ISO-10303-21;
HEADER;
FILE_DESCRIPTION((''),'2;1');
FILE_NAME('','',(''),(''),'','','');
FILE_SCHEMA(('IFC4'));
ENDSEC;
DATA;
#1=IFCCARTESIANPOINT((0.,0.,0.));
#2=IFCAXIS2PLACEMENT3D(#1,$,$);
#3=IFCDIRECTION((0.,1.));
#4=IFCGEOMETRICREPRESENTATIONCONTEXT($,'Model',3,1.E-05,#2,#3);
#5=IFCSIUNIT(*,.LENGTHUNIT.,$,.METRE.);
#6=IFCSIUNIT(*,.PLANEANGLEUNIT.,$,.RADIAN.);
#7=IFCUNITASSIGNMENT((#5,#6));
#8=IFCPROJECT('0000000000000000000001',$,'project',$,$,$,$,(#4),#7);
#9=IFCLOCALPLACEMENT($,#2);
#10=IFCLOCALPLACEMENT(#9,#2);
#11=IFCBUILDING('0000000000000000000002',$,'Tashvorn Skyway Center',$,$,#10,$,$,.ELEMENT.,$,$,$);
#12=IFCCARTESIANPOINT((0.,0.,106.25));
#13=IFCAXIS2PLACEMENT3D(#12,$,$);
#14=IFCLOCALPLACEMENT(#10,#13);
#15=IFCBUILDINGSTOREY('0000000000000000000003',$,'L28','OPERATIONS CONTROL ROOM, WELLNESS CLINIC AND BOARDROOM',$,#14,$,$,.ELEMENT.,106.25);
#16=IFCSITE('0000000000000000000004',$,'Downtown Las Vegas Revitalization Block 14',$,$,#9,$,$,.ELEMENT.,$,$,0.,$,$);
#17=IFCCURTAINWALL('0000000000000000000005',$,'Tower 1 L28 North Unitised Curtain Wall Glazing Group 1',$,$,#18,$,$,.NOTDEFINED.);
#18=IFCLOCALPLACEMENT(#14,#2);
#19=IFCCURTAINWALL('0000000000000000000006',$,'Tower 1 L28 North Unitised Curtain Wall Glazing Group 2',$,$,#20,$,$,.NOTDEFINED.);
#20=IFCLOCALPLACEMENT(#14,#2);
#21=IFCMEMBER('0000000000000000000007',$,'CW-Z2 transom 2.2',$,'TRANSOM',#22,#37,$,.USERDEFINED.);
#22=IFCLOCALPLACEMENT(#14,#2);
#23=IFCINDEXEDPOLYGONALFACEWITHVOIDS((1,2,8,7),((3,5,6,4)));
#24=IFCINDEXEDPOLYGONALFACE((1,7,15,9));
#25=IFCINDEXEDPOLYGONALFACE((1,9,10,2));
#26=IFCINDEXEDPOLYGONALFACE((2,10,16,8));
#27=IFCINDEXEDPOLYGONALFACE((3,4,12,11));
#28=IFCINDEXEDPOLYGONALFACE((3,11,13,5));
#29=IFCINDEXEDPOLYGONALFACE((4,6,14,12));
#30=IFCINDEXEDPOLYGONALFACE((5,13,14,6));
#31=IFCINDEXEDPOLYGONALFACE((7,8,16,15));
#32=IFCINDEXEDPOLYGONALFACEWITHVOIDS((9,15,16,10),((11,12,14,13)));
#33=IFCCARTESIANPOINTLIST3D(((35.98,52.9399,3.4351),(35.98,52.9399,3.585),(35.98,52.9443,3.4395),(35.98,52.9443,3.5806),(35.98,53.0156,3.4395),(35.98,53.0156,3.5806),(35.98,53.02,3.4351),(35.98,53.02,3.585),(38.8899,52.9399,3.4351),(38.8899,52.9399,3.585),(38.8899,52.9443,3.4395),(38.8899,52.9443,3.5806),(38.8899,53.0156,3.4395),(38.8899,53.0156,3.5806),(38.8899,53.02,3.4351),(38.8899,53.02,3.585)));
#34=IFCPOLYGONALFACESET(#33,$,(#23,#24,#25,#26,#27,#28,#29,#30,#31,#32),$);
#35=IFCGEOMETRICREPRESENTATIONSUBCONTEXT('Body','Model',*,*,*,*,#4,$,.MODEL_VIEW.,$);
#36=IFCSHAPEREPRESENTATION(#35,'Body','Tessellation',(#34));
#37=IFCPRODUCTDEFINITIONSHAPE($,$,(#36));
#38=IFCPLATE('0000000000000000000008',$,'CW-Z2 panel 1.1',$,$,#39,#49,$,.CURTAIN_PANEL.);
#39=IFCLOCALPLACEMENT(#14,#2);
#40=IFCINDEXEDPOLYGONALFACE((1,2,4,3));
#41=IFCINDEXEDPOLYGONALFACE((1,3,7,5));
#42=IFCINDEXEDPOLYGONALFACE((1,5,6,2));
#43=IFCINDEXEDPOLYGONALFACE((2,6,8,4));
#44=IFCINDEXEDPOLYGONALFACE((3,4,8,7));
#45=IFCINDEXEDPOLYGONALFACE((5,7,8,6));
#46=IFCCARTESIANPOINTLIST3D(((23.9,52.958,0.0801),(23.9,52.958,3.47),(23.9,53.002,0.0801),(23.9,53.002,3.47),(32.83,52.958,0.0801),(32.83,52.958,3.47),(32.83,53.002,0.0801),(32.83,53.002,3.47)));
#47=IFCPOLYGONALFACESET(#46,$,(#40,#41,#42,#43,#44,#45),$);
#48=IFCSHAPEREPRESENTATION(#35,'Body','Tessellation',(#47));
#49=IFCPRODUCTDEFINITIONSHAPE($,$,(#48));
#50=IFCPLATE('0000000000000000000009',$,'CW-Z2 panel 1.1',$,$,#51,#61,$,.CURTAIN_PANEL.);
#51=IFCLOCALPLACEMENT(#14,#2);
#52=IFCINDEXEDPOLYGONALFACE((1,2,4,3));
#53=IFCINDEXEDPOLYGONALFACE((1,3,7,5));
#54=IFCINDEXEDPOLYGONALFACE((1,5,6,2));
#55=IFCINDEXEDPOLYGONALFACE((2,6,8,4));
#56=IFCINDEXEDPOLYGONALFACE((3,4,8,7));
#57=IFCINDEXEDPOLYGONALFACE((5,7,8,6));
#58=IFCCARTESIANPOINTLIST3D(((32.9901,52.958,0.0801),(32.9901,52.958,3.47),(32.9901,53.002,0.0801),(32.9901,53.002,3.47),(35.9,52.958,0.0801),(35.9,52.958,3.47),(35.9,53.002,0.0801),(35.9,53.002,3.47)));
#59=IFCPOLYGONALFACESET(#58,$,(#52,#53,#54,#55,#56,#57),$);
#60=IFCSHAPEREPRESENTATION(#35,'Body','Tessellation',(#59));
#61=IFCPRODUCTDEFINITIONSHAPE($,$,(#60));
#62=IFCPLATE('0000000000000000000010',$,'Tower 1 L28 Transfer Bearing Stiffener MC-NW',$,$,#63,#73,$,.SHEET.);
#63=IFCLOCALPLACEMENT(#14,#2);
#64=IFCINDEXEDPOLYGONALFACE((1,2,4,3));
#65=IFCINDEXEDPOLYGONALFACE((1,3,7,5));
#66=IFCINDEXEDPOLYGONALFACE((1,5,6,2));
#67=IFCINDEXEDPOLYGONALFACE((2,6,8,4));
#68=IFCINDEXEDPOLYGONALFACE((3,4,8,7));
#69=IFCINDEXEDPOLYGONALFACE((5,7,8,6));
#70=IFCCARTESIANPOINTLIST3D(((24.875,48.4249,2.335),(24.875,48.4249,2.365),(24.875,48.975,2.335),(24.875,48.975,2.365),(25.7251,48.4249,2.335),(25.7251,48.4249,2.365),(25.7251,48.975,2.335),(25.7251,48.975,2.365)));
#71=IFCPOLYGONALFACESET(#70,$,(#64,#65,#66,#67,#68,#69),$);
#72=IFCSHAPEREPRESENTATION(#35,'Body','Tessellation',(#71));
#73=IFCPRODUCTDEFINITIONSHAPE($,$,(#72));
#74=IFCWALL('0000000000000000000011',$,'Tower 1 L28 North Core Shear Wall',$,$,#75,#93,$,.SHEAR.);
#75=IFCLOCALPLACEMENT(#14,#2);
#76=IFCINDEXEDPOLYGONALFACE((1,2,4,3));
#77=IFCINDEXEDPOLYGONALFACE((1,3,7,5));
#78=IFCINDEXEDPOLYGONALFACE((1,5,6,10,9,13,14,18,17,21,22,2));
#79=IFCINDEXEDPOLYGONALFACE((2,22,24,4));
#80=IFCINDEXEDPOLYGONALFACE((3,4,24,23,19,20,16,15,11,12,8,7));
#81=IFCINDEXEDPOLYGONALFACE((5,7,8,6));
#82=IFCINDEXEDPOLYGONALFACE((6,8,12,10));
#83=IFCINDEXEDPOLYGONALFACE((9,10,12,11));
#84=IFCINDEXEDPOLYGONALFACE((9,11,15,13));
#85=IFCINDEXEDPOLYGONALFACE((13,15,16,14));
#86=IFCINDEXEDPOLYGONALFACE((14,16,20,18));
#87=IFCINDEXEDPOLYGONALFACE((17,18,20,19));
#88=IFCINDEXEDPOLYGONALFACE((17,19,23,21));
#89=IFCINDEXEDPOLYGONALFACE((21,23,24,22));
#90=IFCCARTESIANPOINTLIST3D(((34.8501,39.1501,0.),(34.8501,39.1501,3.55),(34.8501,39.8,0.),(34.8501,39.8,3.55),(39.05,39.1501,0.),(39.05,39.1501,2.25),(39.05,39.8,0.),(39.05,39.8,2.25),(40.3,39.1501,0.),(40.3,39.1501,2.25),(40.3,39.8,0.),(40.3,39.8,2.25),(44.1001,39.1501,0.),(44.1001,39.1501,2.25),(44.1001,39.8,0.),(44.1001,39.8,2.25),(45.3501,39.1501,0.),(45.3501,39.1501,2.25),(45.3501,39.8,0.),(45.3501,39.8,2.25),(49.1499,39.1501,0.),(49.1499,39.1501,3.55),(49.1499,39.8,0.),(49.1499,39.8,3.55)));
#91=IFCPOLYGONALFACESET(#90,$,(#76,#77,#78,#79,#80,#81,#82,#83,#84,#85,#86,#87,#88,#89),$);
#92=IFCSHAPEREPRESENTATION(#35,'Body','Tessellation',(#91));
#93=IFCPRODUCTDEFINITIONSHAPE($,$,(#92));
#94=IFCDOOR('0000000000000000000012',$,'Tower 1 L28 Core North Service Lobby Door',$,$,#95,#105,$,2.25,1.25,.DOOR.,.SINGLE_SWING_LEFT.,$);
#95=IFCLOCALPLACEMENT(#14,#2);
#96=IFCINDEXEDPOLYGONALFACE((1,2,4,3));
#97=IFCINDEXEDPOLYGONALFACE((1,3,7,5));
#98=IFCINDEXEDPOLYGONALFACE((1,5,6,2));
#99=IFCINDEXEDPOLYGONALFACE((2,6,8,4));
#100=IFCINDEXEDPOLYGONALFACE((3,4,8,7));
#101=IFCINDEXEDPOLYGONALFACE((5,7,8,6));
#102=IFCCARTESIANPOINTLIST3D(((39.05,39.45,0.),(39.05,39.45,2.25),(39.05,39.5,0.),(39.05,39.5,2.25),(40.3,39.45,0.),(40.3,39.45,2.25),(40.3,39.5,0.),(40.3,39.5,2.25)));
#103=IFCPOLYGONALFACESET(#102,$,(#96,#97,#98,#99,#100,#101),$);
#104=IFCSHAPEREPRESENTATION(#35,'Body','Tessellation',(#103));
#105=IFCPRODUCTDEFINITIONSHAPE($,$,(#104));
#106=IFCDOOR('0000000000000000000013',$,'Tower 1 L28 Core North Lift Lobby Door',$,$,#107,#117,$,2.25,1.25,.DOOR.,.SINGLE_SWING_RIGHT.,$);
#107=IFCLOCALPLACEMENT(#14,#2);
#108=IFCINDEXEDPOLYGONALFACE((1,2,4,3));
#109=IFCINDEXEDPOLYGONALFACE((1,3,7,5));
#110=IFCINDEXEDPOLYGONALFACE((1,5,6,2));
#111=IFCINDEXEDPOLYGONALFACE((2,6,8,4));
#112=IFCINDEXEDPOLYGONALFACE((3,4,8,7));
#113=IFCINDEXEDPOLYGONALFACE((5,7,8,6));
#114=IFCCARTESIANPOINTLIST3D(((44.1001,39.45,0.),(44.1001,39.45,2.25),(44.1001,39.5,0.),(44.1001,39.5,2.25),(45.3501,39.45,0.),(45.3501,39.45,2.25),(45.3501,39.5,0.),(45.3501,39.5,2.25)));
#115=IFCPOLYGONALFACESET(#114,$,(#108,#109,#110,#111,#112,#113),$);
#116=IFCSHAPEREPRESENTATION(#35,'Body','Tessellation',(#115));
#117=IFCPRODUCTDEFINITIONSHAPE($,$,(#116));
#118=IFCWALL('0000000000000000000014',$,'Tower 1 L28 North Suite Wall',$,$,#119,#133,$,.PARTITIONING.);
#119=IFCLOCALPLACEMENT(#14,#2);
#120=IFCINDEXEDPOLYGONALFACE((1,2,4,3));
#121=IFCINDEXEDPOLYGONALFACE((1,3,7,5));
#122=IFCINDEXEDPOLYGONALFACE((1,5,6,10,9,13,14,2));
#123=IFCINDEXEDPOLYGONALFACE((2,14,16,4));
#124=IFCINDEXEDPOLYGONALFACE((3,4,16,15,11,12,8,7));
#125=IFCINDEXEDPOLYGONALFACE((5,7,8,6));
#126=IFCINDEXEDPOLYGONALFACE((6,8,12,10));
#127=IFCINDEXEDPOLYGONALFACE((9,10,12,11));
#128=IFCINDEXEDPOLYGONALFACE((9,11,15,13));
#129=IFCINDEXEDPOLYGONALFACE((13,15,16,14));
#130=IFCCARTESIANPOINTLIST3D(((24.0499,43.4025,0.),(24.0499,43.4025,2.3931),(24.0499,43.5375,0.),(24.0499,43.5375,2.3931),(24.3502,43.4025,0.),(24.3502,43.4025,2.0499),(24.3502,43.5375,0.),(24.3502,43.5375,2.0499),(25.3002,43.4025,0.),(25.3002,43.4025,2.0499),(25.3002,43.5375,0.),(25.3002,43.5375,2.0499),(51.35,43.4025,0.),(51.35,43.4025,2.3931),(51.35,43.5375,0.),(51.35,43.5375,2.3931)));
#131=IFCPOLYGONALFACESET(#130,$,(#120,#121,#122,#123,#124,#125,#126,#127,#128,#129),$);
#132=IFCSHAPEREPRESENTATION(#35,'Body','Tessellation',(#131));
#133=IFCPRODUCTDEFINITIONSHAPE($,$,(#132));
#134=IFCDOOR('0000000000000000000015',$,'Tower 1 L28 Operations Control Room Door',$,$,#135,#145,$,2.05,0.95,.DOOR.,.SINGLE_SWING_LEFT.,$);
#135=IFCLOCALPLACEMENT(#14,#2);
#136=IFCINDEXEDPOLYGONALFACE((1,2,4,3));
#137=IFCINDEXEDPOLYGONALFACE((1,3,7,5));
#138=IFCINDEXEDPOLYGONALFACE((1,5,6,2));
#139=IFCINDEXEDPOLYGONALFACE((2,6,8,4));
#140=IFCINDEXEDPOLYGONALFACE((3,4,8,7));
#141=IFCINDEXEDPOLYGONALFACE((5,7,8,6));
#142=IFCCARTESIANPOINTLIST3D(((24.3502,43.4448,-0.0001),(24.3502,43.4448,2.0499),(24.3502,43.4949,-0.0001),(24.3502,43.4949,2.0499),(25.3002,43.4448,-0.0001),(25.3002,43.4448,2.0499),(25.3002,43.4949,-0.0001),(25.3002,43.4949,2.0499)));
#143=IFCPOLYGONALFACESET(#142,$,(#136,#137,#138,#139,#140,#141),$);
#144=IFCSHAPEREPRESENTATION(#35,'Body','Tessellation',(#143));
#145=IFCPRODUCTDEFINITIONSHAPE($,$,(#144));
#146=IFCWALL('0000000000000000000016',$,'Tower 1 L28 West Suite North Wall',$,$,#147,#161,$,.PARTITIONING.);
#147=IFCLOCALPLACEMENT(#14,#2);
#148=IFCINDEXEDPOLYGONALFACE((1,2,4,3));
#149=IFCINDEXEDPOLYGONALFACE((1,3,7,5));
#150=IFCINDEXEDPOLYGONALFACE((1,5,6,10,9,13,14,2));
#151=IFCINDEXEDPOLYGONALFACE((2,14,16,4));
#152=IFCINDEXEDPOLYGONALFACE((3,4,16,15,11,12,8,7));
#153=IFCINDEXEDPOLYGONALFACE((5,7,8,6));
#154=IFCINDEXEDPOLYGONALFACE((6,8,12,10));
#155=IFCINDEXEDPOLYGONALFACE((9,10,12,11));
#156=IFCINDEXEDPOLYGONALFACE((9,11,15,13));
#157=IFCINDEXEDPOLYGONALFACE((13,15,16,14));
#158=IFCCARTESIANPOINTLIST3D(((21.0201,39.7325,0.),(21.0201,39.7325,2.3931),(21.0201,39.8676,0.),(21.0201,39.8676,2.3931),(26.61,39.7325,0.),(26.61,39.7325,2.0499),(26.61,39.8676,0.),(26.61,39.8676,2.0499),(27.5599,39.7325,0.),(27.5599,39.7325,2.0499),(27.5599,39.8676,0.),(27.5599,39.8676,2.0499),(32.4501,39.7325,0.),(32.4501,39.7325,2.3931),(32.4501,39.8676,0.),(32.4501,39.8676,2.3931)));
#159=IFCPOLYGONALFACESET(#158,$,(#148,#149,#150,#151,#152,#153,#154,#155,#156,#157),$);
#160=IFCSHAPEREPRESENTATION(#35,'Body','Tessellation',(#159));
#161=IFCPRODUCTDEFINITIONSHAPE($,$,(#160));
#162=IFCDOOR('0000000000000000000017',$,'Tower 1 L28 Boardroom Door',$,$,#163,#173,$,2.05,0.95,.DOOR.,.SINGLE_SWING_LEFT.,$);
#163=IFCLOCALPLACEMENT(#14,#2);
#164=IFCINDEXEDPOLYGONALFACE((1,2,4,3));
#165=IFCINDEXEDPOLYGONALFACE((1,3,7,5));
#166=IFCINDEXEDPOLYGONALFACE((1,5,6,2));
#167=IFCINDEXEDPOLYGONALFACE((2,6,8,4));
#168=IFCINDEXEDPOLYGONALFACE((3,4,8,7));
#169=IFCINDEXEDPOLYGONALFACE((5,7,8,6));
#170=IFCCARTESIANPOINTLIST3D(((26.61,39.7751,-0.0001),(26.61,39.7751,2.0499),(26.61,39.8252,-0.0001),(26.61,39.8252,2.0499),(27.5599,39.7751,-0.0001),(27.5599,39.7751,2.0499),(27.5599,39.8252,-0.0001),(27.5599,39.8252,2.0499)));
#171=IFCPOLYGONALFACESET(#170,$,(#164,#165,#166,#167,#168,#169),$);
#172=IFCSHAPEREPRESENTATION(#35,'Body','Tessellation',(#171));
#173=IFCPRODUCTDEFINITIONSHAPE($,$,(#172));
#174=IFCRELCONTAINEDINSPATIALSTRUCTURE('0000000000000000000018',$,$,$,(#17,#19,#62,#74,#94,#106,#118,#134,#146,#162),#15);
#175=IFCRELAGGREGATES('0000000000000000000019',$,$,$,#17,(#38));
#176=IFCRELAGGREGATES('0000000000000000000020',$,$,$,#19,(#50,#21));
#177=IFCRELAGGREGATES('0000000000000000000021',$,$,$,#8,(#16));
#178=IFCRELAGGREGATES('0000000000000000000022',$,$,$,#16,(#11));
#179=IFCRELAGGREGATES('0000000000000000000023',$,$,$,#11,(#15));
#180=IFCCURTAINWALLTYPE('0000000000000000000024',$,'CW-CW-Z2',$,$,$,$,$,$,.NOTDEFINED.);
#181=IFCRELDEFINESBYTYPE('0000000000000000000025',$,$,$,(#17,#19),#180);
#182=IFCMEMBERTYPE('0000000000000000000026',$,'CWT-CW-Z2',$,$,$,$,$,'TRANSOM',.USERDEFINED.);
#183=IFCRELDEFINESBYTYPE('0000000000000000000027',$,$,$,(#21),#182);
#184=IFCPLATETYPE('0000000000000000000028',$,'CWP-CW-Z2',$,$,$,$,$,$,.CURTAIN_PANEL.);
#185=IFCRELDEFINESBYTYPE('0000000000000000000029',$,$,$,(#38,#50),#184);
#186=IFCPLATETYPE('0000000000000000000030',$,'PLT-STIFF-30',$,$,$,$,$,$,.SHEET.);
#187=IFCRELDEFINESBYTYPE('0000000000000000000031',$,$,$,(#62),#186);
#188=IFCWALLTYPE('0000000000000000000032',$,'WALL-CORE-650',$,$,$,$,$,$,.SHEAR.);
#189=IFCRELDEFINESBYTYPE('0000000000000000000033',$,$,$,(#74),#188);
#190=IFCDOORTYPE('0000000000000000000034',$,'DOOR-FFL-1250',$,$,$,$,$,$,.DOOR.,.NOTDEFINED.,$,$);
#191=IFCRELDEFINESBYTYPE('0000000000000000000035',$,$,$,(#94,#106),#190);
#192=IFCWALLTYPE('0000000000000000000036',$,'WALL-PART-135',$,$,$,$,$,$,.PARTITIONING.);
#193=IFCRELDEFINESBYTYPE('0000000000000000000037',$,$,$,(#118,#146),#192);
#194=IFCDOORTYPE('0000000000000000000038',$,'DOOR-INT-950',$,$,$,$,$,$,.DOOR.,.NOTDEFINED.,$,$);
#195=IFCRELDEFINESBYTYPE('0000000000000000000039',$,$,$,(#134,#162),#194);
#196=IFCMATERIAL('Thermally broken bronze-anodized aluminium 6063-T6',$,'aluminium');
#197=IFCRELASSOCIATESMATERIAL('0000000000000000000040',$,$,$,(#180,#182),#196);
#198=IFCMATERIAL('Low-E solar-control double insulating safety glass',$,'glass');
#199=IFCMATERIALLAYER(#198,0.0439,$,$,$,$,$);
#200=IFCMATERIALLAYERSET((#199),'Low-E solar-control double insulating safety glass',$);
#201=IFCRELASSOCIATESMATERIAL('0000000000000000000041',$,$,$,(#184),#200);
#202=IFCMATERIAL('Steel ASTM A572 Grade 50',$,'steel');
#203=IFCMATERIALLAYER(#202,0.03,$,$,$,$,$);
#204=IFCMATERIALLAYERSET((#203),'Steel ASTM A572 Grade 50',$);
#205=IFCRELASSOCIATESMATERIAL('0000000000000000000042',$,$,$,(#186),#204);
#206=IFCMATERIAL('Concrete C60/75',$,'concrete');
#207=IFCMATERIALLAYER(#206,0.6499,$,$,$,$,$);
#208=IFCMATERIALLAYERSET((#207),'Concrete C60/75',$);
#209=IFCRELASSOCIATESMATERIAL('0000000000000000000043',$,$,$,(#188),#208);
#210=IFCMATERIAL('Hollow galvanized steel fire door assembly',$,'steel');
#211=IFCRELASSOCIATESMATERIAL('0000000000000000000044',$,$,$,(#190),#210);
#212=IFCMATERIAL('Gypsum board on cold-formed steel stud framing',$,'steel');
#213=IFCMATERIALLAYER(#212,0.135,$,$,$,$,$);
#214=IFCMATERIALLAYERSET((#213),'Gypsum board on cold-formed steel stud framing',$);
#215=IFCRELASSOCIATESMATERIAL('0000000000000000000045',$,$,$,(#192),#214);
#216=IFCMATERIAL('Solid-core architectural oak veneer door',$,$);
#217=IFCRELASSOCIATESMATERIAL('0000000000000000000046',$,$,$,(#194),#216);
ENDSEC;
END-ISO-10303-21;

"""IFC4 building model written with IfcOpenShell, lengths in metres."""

from ifc_helpers import new_model, si_unit, direction, frame, frame_2d, origin, origin_2d, place, context, subcontext, project, spatial, rectangle, hollow_rectangle, extrude, material, layer, layer_set, material_profile, profile_set, type_object, element, fill, aggregate, save


model = new_model("IFC4")

# Units and contexts
model_context = context("Model", 3, precision=1e-05, world=origin(), true_north=direction((0.0, 1.0)))
body_context = subcontext(model_context, "Body", "Model", "MODEL_VIEW")
ifc_project = project(units=[si_unit("LENGTHUNIT", "METRE"), si_unit("PLANEANGLEUNIT", "RADIAN")], contexts=[model_context])

# Site, building, storey
site_placement = place(None, origin())
site = spatial("IfcSite", under=ifc_project, at=site_placement, Name="Downtown Las Vegas Revitalization Block 14", CompositionType="ELEMENT", RefElevation=0.0)
building_placement = place(site_placement, origin())
building = spatial("IfcBuilding", under=site, at=building_placement, Name="Tashvorn Skyway Center", CompositionType="ELEMENT")
storey_placement = place(building_placement, frame((0.0, 0.0, 106.25)))
storey = spatial("IfcBuildingStorey", under=building, at=storey_placement, Name="L28", Description="OPERATIONS CONTROL ROOM, WELLNESS CLINIC AND BOARDROOM", CompositionType="ELEMENT", Elevation=106.25)

# Shared definitions
ifc_material_1 = material(Name="Steel ASTM A572 Grade 50", Category="steel")

# Curtain wall
ifc_material_2 = material(Name="Thermally broken bronze-anodized aluminium 6063-T6", Category="aluminium")
curtain_wall_type = type_object("IfcCurtainWallType", Name="CW-CW-Z2", PredefinedType="NOTDEFINED", material=ifc_material_2)
curtain_wall_1_placement = place(storey_placement, origin())
curtain_wall_1 = element("IfcCurtainWall", 1, at=curtain_wall_1_placement, inside=storey, type_object=curtain_wall_type, Name="Tower 1 L28 North Unitised Curtain Wall Glazing Group 1", PredefinedType="NOTDEFINED")

# Curtain wall
curtain_wall_2_placement = place(storey_placement, origin())
curtain_wall_2 = element("IfcCurtainWall", 2, at=curtain_wall_2_placement, inside=storey, type_object=curtain_wall_type, Name="Tower 1 L28 North Unitised Curtain Wall Glazing Group 2", PredefinedType="NOTDEFINED")

# Member
ifc_material_profile_1 = material_profile(ifc_material_2, hollow_rectangle(XDim=0.0801, YDim=0.1499, WallThickness=0.0044, at=origin_2d()), Name="ALU-TRAN-80x150")
ifc_profile_set_1 = profile_set([ifc_material_profile_1], Name="Thermally broken bronze-anodized aluminium 6063-T6")
member_type_1 = type_object("IfcMemberType", Name="CWT-CW-Z2", ElementType="TRANSOM", PredefinedType="USERDEFINED", material=ifc_profile_set_1)
member_1_placement = place(storey_placement, frame((35.98, 52.98, 3.51), z_axis=(1.0, 0.0, 0.0), x_axis=(0.0, 1.0, 0.0)))
member_1 = element("IfcMember", 3, at=member_1_placement, type_object=member_type_1, Name="CW-Z2 transom 2.2", ObjectType="TRANSOM", PredefinedType="USERDEFINED", context=body_context, shape_type="SweptSolid", body=[
    extrude(hollow_rectangle(XDim=0.0801, YDim=0.1499, WallThickness=0.0044, at=origin_2d()), origin(), (0.0, 0.0, 1.0), 2.9099),
])

# Plates
ifc_material_3 = material(Name="Low-E solar-control double insulating safety glass", Category="glass")
ifc_layer_1 = layer(ifc_material_3, 0.0439)
ifc_layer_set_1 = layer_set([ifc_layer_1], Name="Low-E solar-control double insulating safety glass")
plate_type_1 = type_object("IfcPlateType", Name="CWP-CW-Z2", PredefinedType="CURTAIN_PANEL", material=ifc_layer_set_1)
plate_1_placement = place(storey_placement, frame((28.365, 52.98, 0.0801), z_axis=(0.0, 0.0, 1.0), x_axis=(1.0, 0.0, 0.0)))
plate_1 = element("IfcPlate", 4, at=plate_1_placement, type_object=plate_type_1, Name="CW-Z2 panel 1.1", PredefinedType="CURTAIN_PANEL", context=body_context, shape_type="SweptSolid", body=[
    extrude(rectangle(XDim=8.9299, YDim=0.0439, at=origin_2d()), origin(), (0.0, 0.0, 1.0), 3.3899),
])
aggregate(curtain_wall_1, [plate_1])
plate_2_placement = place(storey_placement, frame((34.4451, 52.98, 0.0801), z_axis=(0.0, 0.0, 1.0), x_axis=(1.0, 0.0, 0.0)))
plate_2 = element("IfcPlate", 5, at=plate_2_placement, type_object=plate_type_1, Name="CW-Z2 panel 1.1", PredefinedType="CURTAIN_PANEL", context=body_context, shape_type="SweptSolid", body=[
    extrude(rectangle(XDim=2.9099, YDim=0.0439, at=origin_2d()), origin(), (0.0, 0.0, 1.0), 3.3899),
])
aggregate(curtain_wall_2, [plate_2, member_1])
ifc_layer_2 = layer(ifc_material_1, 0.03)
ifc_layer_set_2 = layer_set([ifc_layer_2], Name="Steel ASTM A572 Grade 50")
plate_type_2 = type_object("IfcPlateType", Name="PLT-STIFF-30", PredefinedType="SHEET", material=ifc_layer_set_2)
plate_3_placement = place(storey_placement, frame((25.3, 48.7, 2.335), z_axis=(0.0, 0.0, 1.0), x_axis=(1.0, 0.0, 0.0)))
element("IfcPlate", 6, at=plate_3_placement, inside=storey, type_object=plate_type_2, Name="Tower 1 L28 Transfer Bearing Stiffener MC-NW", PredefinedType="SHEET", context=body_context, shape_type="SweptSolid", body=[
    extrude(rectangle(XDim=0.8501, YDim=0.55, at=origin_2d()), origin(), (0.0, 0.0, 1.0), 0.03),
])

# Wall, openings, doors
ifc_material_4 = material(Name="Concrete C60/75", Category="concrete")
ifc_layer_3 = layer(ifc_material_4, 0.6499)
ifc_layer_set_3 = layer_set([ifc_layer_3], Name="Concrete C60/75")
wall_type_1 = type_object("IfcWallType", Name="WALL-CORE-650", PredefinedType="SHEAR", material=ifc_layer_set_3)
wall_1_placement = place(storey_placement, frame((34.8501, 39.4751, 0.0), z_axis=(0.0, 0.0, 1.0), x_axis=(1.0, 0.0, 0.0)))
wall_1 = element("IfcWall", 7, at=wall_1_placement, inside=storey, type_object=wall_type_1, Name="Tower 1 L28 North Core Shear Wall", PredefinedType="SHEAR", context=body_context, shape_type="SweptSolid", body=[
    extrude(rectangle(XDim=14.2998, YDim=0.6499, at=frame_2d((7.1499, 0.0))), origin(), (0.0, 0.0, 1.0), 3.55),
])
opening_1_placement = place(wall_1_placement, frame((4.2, 0.0, 0.0)))
opening_1 = element("IfcOpeningElement", 8, at=opening_1_placement, cuts=wall_1, PredefinedType="OPENING", context=body_context, shape_type="SweptSolid", body=[
    extrude(rectangle(XDim=1.25, YDim=2.25, at=frame_2d((0.625, 1.125))), frame((0.0, 0.335, 0.0), z_axis=(0.0, -1.0, 0.0), x_axis=(1.0, 0.0, 0.0)), (0.0, 0.0, 1.0), 0.6699),
])
opening_2_placement = place(wall_1_placement, frame((9.25, 0.0, 0.0)))
opening_2 = element("IfcOpeningElement", 9, at=opening_2_placement, cuts=wall_1, PredefinedType="OPENING", context=body_context, shape_type="SweptSolid", body=[
    extrude(rectangle(XDim=1.25, YDim=2.25, at=frame_2d((0.625, 1.125))), frame((0.0, 0.335, 0.0), z_axis=(0.0, -1.0, 0.0), x_axis=(1.0, 0.0, 0.0)), (0.0, 0.0, 1.0), 0.6699),
])
ifc_material_5 = material(Name="Hollow galvanized steel fire door assembly", Category="steel")
door_type_1 = type_object("IfcDoorType", Name="DOOR-FFL-1250", OperationType="NOTDEFINED", PredefinedType="DOOR", material=ifc_material_5)
door_1_placement = place(opening_1_placement, origin())
door_1 = element("IfcDoor", 10, at=door_1_placement, inside=storey, type_object=door_type_1, Name="Tower 1 L28 Core North Service Lobby Door", OperationType="SINGLE_SWING_LEFT", OverallHeight=2.25, OverallWidth=1.25, PredefinedType="DOOR", context=body_context, shape_type="SweptSolid", body=[
    extrude(rectangle(XDim=1.25, YDim=2.25, at=frame_2d((0.625, 1.125))), frame((0.0, 0.0249, 0.0), z_axis=(0.0, -1.0, 0.0), x_axis=(1.0, 0.0, 0.0)), (0.0, 0.0, 1.0), 0.05),
])
fill(opening_1, door_1)
door_2_placement = place(opening_2_placement, origin())
door_2 = element("IfcDoor", 11, at=door_2_placement, inside=storey, type_object=door_type_1, Name="Tower 1 L28 Core North Lift Lobby Door", OperationType="SINGLE_SWING_RIGHT", OverallHeight=2.25, OverallWidth=1.25, PredefinedType="DOOR", context=body_context, shape_type="SweptSolid", body=[
    extrude(rectangle(XDim=1.25, YDim=2.25, at=frame_2d((0.625, 1.125))), frame((0.0, 0.0249, 0.0), z_axis=(0.0, -1.0, 0.0), x_axis=(1.0, 0.0, 0.0)), (0.0, 0.0, 1.0), 0.05),
])
fill(opening_2, door_2)

# Walls, openings, doors
ifc_material_6 = material(Name="Gypsum board on cold-formed steel stud framing", Category="steel")
ifc_layer_4 = layer(ifc_material_6, 0.135)
ifc_layer_set_4 = layer_set([ifc_layer_4], Name="Gypsum board on cold-formed steel stud framing")
wall_type_2 = type_object("IfcWallType", Name="WALL-PART-135", PredefinedType="PARTITIONING", material=ifc_layer_set_4)
wall_2_placement = place(storey_placement, frame((24.05, 43.47, 0.0), z_axis=(0.0, 0.0, 1.0), x_axis=(1.0, 0.0, 0.0)))
wall_2 = element("IfcWall", 12, at=wall_2_placement, inside=storey, type_object=wall_type_2, Name="Tower 1 L28 North Suite Wall", PredefinedType="PARTITIONING", context=body_context, shape_type="SweptSolid", body=[
    extrude(rectangle(XDim=27.3, YDim=0.135, at=frame_2d((13.6499, 0.0))), origin(), (0.0, 0.0, 1.0), 2.3931),
])
opening_3_placement = place(wall_2_placement, frame((0.3, 0.0, 0.0)))
opening_3 = element("IfcOpeningElement", 13, at=opening_3_placement, cuts=wall_2, PredefinedType="OPENING", context=body_context, shape_type="SweptSolid", body=[
    extrude(rectangle(XDim=0.95, YDim=2.05, at=frame_2d((0.4751, 1.0249))), frame((0.0, 0.0774, 0.0), z_axis=(0.0, -1.0, 0.0), x_axis=(1.0, 0.0, 0.0)), (0.0, 0.0, 1.0), 0.155),
])
ifc_material_7 = material(Name="Solid-core architectural oak veneer door")
door_type_2 = type_object("IfcDoorType", Name="DOOR-INT-950", OperationType="NOTDEFINED", PredefinedType="DOOR", material=ifc_material_7)
door_3_placement = place(opening_3_placement, origin())
door_3 = element("IfcDoor", 14, at=door_3_placement, inside=storey, type_object=door_type_2, Name="Tower 1 L28 Operations Control Room Door", OperationType="SINGLE_SWING_LEFT", OverallHeight=2.05, OverallWidth=0.95, PredefinedType="DOOR", context=body_context, shape_type="SweptSolid", body=[
    extrude(rectangle(XDim=0.95, YDim=2.05, at=frame_2d((0.4751, 1.0249))), frame((0.0, 0.0249, 0.0), z_axis=(0.0, -1.0, 0.0), x_axis=(1.0, 0.0, 0.0)), (0.0, 0.0, 1.0), 0.05),
])
fill(opening_3, door_3)
wall_3_placement = place(storey_placement, frame((32.45, 39.8, 0.0), z_axis=(0.0, 0.0, 1.0), x_axis=(-1.0, 0.0, 0.0)))
wall_3 = element("IfcWall", 15, at=wall_3_placement, inside=storey, type_object=wall_type_2, Name="Tower 1 L28 West Suite North Wall", PredefinedType="PARTITIONING", context=body_context, shape_type="SweptSolid", body=[
    extrude(rectangle(XDim=11.4299, YDim=0.135, at=frame_2d((5.7148, 0.0))), origin(), (0.0, 0.0, 1.0), 2.3931),
])
opening_4_placement = place(wall_3_placement, frame((4.8899, 0.0, 0.0)))
opening_4 = element("IfcOpeningElement", 16, at=opening_4_placement, cuts=wall_3, PredefinedType="OPENING", context=body_context, shape_type="SweptSolid", body=[
    extrude(rectangle(XDim=0.95, YDim=2.05, at=frame_2d((0.4751, 1.0249))), frame((0.0, 0.0774, 0.0), z_axis=(0.0, -1.0, 0.0), x_axis=(1.0, 0.0, 0.0)), (0.0, 0.0, 1.0), 0.155),
])
door_4_placement = place(opening_4_placement, origin())
door_4 = element("IfcDoor", 17, at=door_4_placement, inside=storey, type_object=door_type_2, Name="Tower 1 L28 Boardroom Door", OperationType="SINGLE_SWING_LEFT", OverallHeight=2.05, OverallWidth=0.95, PredefinedType="DOOR", context=body_context, shape_type="SweptSolid", body=[
    extrude(rectangle(XDim=0.95, YDim=2.05, at=frame_2d((0.4751, 1.0249))), frame((0.0, 0.0249, 0.0), z_axis=(0.0, -1.0, 0.0), x_axis=(1.0, 0.0, 0.0)), (0.0, 0.0, 1.0), 0.05),
])
fill(opening_4, door_4)

save(model, "model.ifc")
